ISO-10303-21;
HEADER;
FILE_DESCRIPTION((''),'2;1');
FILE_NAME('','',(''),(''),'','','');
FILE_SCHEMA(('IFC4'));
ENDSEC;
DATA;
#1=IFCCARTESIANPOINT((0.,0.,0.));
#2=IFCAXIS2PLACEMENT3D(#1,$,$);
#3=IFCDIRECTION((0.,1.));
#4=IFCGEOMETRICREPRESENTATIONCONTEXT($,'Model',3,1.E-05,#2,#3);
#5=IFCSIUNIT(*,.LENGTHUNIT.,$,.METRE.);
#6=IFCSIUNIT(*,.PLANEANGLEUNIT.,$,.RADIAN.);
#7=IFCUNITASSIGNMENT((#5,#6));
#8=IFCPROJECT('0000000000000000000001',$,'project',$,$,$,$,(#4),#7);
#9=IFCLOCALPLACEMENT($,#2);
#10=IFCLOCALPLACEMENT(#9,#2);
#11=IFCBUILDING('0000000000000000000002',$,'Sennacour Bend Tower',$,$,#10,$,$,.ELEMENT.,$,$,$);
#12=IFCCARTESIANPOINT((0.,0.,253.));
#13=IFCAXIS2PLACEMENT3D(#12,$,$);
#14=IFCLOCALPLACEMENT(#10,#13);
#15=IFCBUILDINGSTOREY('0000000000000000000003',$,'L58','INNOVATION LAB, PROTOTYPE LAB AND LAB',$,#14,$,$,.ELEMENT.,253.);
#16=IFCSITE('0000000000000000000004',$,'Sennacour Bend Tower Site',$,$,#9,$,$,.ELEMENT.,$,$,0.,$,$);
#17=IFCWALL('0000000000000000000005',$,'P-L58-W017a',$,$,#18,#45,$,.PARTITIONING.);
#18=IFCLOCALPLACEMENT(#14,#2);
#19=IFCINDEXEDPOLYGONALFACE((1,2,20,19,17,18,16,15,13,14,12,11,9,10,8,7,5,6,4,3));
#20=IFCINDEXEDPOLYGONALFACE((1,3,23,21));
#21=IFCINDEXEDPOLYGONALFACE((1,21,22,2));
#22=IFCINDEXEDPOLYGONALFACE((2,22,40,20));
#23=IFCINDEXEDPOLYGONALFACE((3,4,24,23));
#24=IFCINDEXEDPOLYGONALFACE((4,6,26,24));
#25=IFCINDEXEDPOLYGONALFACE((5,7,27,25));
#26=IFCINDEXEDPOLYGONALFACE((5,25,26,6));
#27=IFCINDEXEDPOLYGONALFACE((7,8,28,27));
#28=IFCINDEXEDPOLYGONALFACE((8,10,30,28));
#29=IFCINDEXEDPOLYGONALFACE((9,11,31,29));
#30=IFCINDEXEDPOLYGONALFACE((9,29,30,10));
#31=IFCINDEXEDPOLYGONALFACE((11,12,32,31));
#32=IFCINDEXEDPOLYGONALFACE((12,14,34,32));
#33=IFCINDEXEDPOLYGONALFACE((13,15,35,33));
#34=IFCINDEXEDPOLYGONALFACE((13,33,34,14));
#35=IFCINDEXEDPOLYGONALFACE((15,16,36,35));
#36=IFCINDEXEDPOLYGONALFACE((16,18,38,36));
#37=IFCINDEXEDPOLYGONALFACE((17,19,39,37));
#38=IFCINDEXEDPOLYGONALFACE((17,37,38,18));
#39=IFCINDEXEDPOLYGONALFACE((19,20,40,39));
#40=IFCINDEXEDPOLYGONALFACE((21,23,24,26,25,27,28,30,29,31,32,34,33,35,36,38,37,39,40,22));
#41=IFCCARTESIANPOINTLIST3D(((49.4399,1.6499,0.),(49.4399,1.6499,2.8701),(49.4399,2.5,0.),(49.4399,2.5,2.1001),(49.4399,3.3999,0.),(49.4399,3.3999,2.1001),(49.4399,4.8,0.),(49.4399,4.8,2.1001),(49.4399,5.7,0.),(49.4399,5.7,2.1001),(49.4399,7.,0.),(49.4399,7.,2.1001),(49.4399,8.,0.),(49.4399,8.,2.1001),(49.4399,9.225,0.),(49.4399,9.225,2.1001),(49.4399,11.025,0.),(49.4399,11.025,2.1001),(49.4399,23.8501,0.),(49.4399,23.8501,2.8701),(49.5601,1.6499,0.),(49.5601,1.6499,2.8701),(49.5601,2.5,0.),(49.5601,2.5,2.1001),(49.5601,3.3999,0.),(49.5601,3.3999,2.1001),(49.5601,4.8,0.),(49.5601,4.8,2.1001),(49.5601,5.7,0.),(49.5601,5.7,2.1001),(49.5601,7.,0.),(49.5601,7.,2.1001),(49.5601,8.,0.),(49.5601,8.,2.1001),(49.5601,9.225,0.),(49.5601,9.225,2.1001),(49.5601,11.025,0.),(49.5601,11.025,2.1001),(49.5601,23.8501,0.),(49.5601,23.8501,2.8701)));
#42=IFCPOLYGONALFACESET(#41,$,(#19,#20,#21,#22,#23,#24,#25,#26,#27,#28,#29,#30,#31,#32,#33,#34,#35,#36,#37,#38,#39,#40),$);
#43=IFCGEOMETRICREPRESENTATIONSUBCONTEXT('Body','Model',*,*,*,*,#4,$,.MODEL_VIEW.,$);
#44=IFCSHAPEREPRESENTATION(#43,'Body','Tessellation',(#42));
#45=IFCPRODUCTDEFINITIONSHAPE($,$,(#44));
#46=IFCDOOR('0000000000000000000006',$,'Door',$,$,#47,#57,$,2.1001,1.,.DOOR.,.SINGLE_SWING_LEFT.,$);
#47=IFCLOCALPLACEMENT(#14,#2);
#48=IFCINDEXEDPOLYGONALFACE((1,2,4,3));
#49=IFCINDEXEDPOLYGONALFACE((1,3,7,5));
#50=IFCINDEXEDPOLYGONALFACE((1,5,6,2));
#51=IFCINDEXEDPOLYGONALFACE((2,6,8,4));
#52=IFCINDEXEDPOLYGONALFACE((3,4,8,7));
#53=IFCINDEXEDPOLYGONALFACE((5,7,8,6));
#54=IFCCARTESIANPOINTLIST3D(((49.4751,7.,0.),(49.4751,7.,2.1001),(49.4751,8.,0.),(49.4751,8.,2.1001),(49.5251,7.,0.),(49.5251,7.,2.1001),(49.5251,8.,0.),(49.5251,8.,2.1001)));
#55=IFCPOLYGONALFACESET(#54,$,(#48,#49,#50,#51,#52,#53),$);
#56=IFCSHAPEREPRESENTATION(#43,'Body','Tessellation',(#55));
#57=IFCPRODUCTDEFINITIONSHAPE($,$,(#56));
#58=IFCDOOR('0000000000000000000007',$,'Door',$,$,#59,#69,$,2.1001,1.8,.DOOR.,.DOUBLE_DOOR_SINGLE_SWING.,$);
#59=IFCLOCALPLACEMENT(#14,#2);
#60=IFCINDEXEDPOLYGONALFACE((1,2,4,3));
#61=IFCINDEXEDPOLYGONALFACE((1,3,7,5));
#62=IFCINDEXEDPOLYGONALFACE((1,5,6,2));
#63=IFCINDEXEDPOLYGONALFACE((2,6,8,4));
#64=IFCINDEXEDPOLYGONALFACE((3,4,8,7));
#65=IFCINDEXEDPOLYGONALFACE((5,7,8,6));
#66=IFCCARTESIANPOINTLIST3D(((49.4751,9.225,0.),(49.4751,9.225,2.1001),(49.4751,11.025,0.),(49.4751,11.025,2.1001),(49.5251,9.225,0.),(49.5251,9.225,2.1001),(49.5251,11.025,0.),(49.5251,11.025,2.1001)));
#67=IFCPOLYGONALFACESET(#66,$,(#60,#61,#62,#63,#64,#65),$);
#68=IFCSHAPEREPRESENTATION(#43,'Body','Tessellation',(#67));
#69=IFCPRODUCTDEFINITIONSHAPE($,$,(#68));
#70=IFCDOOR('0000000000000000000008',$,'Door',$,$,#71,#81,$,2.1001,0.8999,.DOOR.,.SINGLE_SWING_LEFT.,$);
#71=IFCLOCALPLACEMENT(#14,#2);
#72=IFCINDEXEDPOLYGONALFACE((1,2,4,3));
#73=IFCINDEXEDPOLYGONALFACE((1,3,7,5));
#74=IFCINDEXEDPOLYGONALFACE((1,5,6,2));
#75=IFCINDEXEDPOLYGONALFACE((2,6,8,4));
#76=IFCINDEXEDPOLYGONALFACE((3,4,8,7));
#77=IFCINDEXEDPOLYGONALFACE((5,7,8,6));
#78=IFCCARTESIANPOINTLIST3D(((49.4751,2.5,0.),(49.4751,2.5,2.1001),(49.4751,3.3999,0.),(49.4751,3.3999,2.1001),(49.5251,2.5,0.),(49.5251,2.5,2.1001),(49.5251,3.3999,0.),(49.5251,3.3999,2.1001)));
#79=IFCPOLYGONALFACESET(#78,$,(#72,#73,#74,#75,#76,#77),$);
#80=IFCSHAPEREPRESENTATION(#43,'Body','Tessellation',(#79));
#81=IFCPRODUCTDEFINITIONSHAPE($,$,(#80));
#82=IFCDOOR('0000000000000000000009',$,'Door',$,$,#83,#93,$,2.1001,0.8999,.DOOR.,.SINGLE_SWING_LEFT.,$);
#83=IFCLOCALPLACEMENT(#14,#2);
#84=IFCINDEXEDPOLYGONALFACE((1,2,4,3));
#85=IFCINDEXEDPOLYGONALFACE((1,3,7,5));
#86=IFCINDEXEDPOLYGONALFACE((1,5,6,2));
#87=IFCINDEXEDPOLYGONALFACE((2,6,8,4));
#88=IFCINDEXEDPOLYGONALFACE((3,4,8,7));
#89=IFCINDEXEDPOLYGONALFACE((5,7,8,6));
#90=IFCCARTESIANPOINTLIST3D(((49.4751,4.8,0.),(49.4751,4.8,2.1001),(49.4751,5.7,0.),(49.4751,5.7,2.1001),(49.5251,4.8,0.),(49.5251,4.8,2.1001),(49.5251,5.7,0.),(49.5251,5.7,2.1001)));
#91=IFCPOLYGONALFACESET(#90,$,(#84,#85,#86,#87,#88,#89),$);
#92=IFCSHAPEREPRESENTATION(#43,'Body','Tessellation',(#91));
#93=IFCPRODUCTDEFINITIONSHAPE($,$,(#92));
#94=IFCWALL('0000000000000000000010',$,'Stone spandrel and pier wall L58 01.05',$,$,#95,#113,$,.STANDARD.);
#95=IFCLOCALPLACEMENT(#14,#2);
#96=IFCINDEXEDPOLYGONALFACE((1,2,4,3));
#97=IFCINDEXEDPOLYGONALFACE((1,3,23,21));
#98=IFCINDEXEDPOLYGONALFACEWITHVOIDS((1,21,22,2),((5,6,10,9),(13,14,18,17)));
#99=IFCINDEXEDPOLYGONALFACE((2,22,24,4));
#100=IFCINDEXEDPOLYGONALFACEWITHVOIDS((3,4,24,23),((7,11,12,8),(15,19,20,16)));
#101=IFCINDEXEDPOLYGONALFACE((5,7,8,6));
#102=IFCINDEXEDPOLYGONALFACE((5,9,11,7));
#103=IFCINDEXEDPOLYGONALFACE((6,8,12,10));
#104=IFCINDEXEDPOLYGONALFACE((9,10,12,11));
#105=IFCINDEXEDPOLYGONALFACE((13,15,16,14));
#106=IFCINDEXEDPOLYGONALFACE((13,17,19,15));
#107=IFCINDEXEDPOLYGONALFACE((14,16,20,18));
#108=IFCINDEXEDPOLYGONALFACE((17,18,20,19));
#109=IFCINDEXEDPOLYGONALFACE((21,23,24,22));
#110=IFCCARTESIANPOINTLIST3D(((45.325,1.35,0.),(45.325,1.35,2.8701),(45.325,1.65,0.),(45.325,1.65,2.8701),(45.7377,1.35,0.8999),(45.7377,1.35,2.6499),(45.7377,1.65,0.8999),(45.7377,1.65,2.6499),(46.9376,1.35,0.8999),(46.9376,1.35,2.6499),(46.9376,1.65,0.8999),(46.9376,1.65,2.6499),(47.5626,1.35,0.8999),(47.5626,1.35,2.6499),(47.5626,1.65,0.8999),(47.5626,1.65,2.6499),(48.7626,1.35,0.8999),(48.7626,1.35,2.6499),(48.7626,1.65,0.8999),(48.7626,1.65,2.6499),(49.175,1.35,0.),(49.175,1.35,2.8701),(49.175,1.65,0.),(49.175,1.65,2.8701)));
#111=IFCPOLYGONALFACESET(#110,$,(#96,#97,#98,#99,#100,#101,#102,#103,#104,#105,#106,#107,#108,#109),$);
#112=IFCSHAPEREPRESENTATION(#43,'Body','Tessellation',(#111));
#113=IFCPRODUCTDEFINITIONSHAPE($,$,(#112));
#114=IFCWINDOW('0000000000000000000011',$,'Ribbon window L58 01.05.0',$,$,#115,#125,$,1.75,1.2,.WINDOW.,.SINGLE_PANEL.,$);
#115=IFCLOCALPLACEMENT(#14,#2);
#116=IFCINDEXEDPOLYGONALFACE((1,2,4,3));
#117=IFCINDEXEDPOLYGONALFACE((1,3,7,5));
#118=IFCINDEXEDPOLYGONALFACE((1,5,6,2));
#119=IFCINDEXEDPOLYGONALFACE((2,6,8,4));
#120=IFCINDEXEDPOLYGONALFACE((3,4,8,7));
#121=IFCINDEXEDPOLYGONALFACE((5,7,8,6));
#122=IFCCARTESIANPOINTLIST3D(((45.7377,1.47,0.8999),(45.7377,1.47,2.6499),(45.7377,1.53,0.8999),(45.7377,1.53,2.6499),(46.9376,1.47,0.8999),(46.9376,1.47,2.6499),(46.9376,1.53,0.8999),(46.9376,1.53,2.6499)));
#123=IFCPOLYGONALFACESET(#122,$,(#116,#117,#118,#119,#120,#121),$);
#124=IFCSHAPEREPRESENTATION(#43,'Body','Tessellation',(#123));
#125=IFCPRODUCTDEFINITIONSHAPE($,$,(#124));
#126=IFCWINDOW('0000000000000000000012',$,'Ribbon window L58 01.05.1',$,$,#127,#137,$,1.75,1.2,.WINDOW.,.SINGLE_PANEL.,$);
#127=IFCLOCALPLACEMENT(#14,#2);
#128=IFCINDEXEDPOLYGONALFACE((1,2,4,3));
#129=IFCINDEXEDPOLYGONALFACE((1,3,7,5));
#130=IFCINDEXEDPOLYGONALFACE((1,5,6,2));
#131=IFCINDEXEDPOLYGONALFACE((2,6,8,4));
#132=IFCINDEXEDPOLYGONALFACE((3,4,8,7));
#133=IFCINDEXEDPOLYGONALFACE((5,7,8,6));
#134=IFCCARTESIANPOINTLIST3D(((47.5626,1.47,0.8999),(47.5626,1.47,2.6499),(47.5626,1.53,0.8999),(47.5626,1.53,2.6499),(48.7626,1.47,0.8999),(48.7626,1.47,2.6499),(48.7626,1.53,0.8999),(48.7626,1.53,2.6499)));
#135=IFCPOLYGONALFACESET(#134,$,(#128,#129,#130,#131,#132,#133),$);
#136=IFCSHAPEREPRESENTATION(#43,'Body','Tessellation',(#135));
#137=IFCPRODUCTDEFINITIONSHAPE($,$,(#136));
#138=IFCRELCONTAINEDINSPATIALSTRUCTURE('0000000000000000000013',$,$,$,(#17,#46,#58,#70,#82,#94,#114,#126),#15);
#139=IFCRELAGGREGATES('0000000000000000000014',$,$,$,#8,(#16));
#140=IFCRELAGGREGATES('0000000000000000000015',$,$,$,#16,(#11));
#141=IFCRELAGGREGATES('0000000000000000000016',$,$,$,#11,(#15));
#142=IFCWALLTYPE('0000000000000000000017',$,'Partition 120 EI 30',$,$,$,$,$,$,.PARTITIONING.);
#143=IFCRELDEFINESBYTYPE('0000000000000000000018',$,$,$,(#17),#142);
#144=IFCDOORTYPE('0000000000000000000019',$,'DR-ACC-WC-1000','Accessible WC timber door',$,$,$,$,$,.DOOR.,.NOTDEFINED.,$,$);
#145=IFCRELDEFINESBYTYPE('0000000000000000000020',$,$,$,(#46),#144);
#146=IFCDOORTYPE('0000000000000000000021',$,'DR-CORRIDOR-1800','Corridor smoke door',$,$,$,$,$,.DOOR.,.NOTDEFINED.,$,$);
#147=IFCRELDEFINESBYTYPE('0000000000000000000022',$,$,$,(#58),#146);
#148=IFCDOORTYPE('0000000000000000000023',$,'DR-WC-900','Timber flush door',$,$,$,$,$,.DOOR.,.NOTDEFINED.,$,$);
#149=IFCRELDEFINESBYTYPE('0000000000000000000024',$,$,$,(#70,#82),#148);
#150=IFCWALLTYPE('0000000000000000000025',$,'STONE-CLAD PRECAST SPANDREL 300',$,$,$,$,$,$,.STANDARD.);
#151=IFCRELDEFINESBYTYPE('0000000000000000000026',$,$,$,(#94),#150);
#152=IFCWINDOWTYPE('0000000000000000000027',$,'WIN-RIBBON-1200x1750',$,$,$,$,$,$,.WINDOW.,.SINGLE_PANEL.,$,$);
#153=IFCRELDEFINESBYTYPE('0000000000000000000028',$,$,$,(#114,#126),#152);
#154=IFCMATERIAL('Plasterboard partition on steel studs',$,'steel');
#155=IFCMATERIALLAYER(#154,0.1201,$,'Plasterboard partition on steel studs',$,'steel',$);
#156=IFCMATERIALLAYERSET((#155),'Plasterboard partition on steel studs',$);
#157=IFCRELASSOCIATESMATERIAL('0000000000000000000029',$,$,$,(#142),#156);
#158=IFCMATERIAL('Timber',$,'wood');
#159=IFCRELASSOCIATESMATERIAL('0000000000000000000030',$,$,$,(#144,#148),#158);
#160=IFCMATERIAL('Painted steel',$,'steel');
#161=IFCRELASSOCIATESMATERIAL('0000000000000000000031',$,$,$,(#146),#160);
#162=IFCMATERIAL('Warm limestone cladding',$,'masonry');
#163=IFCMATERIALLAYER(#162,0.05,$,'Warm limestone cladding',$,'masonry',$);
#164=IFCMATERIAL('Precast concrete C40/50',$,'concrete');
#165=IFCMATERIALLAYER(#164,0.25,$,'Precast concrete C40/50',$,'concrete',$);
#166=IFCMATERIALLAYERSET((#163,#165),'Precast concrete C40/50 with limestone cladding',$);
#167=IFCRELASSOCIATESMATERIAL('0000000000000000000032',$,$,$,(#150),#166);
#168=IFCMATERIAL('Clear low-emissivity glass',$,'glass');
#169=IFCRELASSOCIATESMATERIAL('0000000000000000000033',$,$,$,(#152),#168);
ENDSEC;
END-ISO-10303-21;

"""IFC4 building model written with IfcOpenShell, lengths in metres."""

from ifc_helpers import new_model, si_unit, direction, frame, frame_2d, origin, place, context, subcontext, project, spatial, rectangle, extrude, material, layer, layer_set, type_object, element, fill, save


model = new_model("IFC4")

# Units and contexts
model_context = context("Model", 3, precision=1e-05, world=origin(), true_north=direction((0.0, 1.0)))
body_context = subcontext(model_context, "Body", "Model", "MODEL_VIEW")
ifc_project = project(units=[si_unit("LENGTHUNIT", "METRE"), si_unit("PLANEANGLEUNIT", "RADIAN")], contexts=[model_context])

# Site, building, storey
site_placement = place(None, origin())
site = spatial("IfcSite", under=ifc_project, at=site_placement, Name="Sennacour Bend Tower Site", CompositionType="ELEMENT", RefElevation=0.0)
building_placement = place(site_placement, origin())
building = spatial("IfcBuilding", under=site, at=building_placement, Name="Sennacour Bend Tower", CompositionType="ELEMENT")
storey_placement = place(building_placement, frame((0.0, 0.0, 253.0)))
storey = spatial("IfcBuildingStorey", under=building, at=storey_placement, Name="L58", Description="INNOVATION LAB, PROTOTYPE LAB AND LAB", CompositionType="ELEMENT", Elevation=253.0)

# Shared definitions
ifc_material_1 = material(Name="Painted steel", Category="steel")

# Shared definitions
ifc_material_2 = material(Name="Plasterboard partition on steel studs", Category="steel")

# Wall, openings, doors
ifc_layer_1 = layer(ifc_material_2, 0.1201, Name="Plasterboard partition on steel studs", Category="steel")
ifc_layer_set_1 = layer_set([ifc_layer_1], Name="Plasterboard partition on steel studs")
wall_type_1 = type_object("IfcWallType", Name="Partition 120 EI 30", PredefinedType="PARTITIONING", material=ifc_layer_set_1)
wall_1_placement = place(storey_placement, frame((49.5, 1.6499, 0.0), z_axis=(0.0, 0.0, 1.0), x_axis=(0.0, 1.0, 0.0)))
wall_1 = element("IfcWall", 1, at=wall_1_placement, inside=storey, type_object=wall_type_1, Name="P-L58-W017a", PredefinedType="PARTITIONING", context=body_context, shape_type="SweptSolid", body=[
    extrude(rectangle(XDim=22.2002, YDim=0.1201, at=frame_2d((11.1001, 0.0))), origin(), (0.0, 0.0, 1.0), 2.8701),
])
opening_1_placement = place(wall_1_placement, frame((7.5752, 0.0, 0.0)))
opening_1 = element("IfcOpeningElement", 2, at=opening_1_placement, cuts=wall_1, PredefinedType="OPENING", context=body_context, shape_type="SweptSolid", body=[
    extrude(rectangle(XDim=1.8, YDim=2.1001, at=frame_2d((0.8999, 1.05))), frame((0.0, 0.0701, 0.0), z_axis=(0.0, -1.0, 0.0), x_axis=(1.0, 0.0, 0.0)), (0.0, 0.0, 1.0), 0.1401),
])
opening_2_placement = place(wall_1_placement, frame((0.8501, 0.0, 0.0)))
opening_2 = element("IfcOpeningElement", 3, at=opening_2_placement, cuts=wall_1, PredefinedType="OPENING", context=body_context, shape_type="SweptSolid", body=[
    extrude(rectangle(XDim=0.8999, YDim=2.1001, at=frame_2d((0.45, 1.05))), frame((0.0, 0.0701, 0.0), z_axis=(0.0, -1.0, 0.0), x_axis=(1.0, 0.0, 0.0)), (0.0, 0.0, 1.0), 0.1401),
])
opening_3_placement = place(wall_1_placement, frame((3.1501, 0.0, 0.0)))
opening_3 = element("IfcOpeningElement", 4, at=opening_3_placement, cuts=wall_1, PredefinedType="OPENING", context=body_context, shape_type="SweptSolid", body=[
    extrude(rectangle(XDim=0.8999, YDim=2.1001, at=frame_2d((0.45, 1.05))), frame((0.0, 0.0701, 0.0), z_axis=(0.0, -1.0, 0.0), x_axis=(1.0, 0.0, 0.0)), (0.0, 0.0, 1.0), 0.1401),
])
opening_4_placement = place(wall_1_placement, frame((5.3501, 0.0, 0.0)))
opening_4 = element("IfcOpeningElement", 5, at=opening_4_placement, cuts=wall_1, PredefinedType="OPENING", context=body_context, shape_type="SweptSolid", body=[
    extrude(rectangle(XDim=1.0, YDim=2.1001, at=frame_2d((0.5, 1.05))), frame((0.0, 0.0701, 0.0), z_axis=(0.0, -1.0, 0.0), x_axis=(1.0, 0.0, 0.0)), (0.0, 0.0, 1.0), 0.1401),
])
ifc_material_3 = material(Name="Timber", Category="wood")
door_type_1 = type_object("IfcDoorType", Name="DR-ACC-WC-1000", Description="Accessible WC timber door", OperationType="NOTDEFINED", PredefinedType="DOOR", material=ifc_material_3)
door_1_placement = place(opening_4_placement, origin())
door_1 = element("IfcDoor", 6, at=door_1_placement, inside=storey, type_object=door_type_1, Name="Door", OperationType="SINGLE_SWING_LEFT", OverallHeight=2.1001, OverallWidth=1.0, PredefinedType="DOOR", context=body_context, shape_type="SweptSolid", body=[
    extrude(rectangle(XDim=1.0, YDim=2.1001, at=frame_2d((0.5, 1.05))), frame((0.0, 0.0249, 0.0), z_axis=(0.0, -1.0, 0.0), x_axis=(1.0, 0.0, 0.0)), (0.0, 0.0, 1.0), 0.05),
])
fill(opening_4, door_1)
door_type_2 = type_object("IfcDoorType", Name="DR-CORRIDOR-1800", Description="Corridor smoke door", OperationType="NOTDEFINED", PredefinedType="DOOR", material=ifc_material_1)
door_2_placement = place(opening_1_placement, origin())
door_2 = element("IfcDoor", 7, at=door_2_placement, inside=storey, type_object=door_type_2, Name="Door", OperationType="DOUBLE_DOOR_SINGLE_SWING", OverallHeight=2.1001, OverallWidth=1.8, PredefinedType="DOOR", context=body_context, shape_type="SweptSolid", body=[
    extrude(rectangle(XDim=1.8, YDim=2.1001, at=frame_2d((0.8999, 1.05))), frame((0.0, 0.0249, 0.0), z_axis=(0.0, -1.0, 0.0), x_axis=(1.0, 0.0, 0.0)), (0.0, 0.0, 1.0), 0.05),
])
fill(opening_1, door_2)
door_type_3 = type_object("IfcDoorType", Name="DR-WC-900", Description="Timber flush door", OperationType="NOTDEFINED", PredefinedType="DOOR", material=ifc_material_3)
door_3_placement = place(opening_2_placement, origin())
door_3 = element("IfcDoor", 8, at=door_3_placement, inside=storey, type_object=door_type_3, Name="Door", OperationType="SINGLE_SWING_LEFT", OverallHeight=2.1001, OverallWidth=0.8999, PredefinedType="DOOR", context=body_context, shape_type="SweptSolid", body=[
    extrude(rectangle(XDim=0.8999, YDim=2.1001, at=frame_2d((0.45, 1.05))), frame((0.0, 0.0249, 0.0), z_axis=(0.0, -1.0, 0.0), x_axis=(1.0, 0.0, 0.0)), (0.0, 0.0, 1.0), 0.05),
])
fill(opening_2, door_3)
door_4_placement = place(opening_3_placement, origin())
door_4 = element("IfcDoor", 9, at=door_4_placement, inside=storey, type_object=door_type_3, Name="Door", OperationType="SINGLE_SWING_LEFT", OverallHeight=2.1001, OverallWidth=0.8999, PredefinedType="DOOR", context=body_context, shape_type="SweptSolid", body=[
    extrude(rectangle(XDim=0.8999, YDim=2.1001, at=frame_2d((0.45, 1.05))), frame((0.0, 0.0249, 0.0), z_axis=(0.0, -1.0, 0.0), x_axis=(1.0, 0.0, 0.0)), (0.0, 0.0, 1.0), 0.05),
])
fill(opening_3, door_4)

# Wall, openings, windows
ifc_material_4 = material(Name="Warm limestone cladding", Category="masonry")
ifc_layer_2 = layer(ifc_material_4, 0.05, Name="Warm limestone cladding", Category="masonry")
ifc_material_5 = material(Name="Precast concrete C40/50", Category="concrete")
ifc_layer_3 = layer(ifc_material_5, 0.25, Name="Precast concrete C40/50", Category="concrete")
ifc_layer_set_2 = layer_set([ifc_layer_2, ifc_layer_3], Name="Precast concrete C40/50 with limestone cladding")
wall_type_2 = type_object("IfcWallType", Name="STONE-CLAD PRECAST SPANDREL 300", PredefinedType="STANDARD", material=ifc_layer_set_2)
wall_2_placement = place(storey_placement, frame((45.325, 1.5, 0.0), z_axis=(0.0, 0.0, 1.0), x_axis=(1.0, 0.0, 0.0)))
wall_2 = element("IfcWall", 10, at=wall_2_placement, inside=storey, type_object=wall_type_2, Name="Stone spandrel and pier wall L58 01.05", PredefinedType="STANDARD", context=body_context, shape_type="SweptSolid", body=[
    extrude(rectangle(XDim=3.8501, YDim=0.3, at=frame_2d((1.925, 0.0))), origin(), (0.0, 0.0, 1.0), 2.8701),
])
opening_5_placement = place(wall_2_placement, frame((0.4126, 0.0, 0.8999)))
opening_5 = element("IfcOpeningElement", 11, at=opening_5_placement, cuts=wall_2, PredefinedType="OPENING", context=body_context, shape_type="SweptSolid", body=[
    extrude(rectangle(XDim=1.2, YDim=1.75, at=frame_2d((0.6001, 0.875))), frame((0.0, 0.1602, 0.0), z_axis=(0.0, -1.0, 0.0), x_axis=(1.0, 0.0, 0.0)), (0.0, 0.0, 1.0), 0.3201),
])
opening_6_placement = place(wall_2_placement, frame((2.2375, 0.0, 0.8999)))
opening_6 = element("IfcOpeningElement", 12, at=opening_6_placement, cuts=wall_2, PredefinedType="OPENING", context=body_context, shape_type="SweptSolid", body=[
    extrude(rectangle(XDim=1.2, YDim=1.75, at=frame_2d((0.6001, 0.875))), frame((0.0, 0.1602, 0.0), z_axis=(0.0, -1.0, 0.0), x_axis=(1.0, 0.0, 0.0)), (0.0, 0.0, 1.0), 0.3201),
])
ifc_material_6 = material(Name="Clear low-emissivity glass", Category="glass")
window_type_1 = type_object("IfcWindowType", Name="WIN-RIBBON-1200x1750", PartitioningType="SINGLE_PANEL", PredefinedType="WINDOW", material=ifc_material_6)
window_1_placement = place(opening_5_placement, origin())
window_1 = element("IfcWindow", 13, at=window_1_placement, inside=storey, type_object=window_type_1, Name="Ribbon window L58 01.05.0", OverallHeight=1.75, OverallWidth=1.2, PartitioningType="SINGLE_PANEL", PredefinedType="WINDOW", context=body_context, shape_type="SweptSolid", body=[
    extrude(rectangle(XDim=1.2, YDim=1.75, at=frame_2d((0.6001, 0.875))), frame((0.0, 0.03, 0.0), z_axis=(0.0, -1.0, 0.0), x_axis=(1.0, 0.0, 0.0)), (0.0, 0.0, 1.0), 0.0601),
])
fill(opening_5, window_1)
window_2_placement = place(opening_6_placement, origin())
window_2 = element("IfcWindow", 14, at=window_2_placement, inside=storey, type_object=window_type_1, Name="Ribbon window L58 01.05.1", OverallHeight=1.75, OverallWidth=1.2, PartitioningType="SINGLE_PANEL", PredefinedType="WINDOW", context=body_context, shape_type="SweptSolid", body=[
    extrude(rectangle(XDim=1.2, YDim=1.75, at=frame_2d((0.6001, 0.875))), frame((0.0, 0.03, 0.0), z_axis=(0.0, -1.0, 0.0), x_axis=(1.0, 0.0, 0.0)), (0.0, 0.0, 1.0), 0.0601),
])
fill(opening_6, window_2)

save(model, "model.ifc")
